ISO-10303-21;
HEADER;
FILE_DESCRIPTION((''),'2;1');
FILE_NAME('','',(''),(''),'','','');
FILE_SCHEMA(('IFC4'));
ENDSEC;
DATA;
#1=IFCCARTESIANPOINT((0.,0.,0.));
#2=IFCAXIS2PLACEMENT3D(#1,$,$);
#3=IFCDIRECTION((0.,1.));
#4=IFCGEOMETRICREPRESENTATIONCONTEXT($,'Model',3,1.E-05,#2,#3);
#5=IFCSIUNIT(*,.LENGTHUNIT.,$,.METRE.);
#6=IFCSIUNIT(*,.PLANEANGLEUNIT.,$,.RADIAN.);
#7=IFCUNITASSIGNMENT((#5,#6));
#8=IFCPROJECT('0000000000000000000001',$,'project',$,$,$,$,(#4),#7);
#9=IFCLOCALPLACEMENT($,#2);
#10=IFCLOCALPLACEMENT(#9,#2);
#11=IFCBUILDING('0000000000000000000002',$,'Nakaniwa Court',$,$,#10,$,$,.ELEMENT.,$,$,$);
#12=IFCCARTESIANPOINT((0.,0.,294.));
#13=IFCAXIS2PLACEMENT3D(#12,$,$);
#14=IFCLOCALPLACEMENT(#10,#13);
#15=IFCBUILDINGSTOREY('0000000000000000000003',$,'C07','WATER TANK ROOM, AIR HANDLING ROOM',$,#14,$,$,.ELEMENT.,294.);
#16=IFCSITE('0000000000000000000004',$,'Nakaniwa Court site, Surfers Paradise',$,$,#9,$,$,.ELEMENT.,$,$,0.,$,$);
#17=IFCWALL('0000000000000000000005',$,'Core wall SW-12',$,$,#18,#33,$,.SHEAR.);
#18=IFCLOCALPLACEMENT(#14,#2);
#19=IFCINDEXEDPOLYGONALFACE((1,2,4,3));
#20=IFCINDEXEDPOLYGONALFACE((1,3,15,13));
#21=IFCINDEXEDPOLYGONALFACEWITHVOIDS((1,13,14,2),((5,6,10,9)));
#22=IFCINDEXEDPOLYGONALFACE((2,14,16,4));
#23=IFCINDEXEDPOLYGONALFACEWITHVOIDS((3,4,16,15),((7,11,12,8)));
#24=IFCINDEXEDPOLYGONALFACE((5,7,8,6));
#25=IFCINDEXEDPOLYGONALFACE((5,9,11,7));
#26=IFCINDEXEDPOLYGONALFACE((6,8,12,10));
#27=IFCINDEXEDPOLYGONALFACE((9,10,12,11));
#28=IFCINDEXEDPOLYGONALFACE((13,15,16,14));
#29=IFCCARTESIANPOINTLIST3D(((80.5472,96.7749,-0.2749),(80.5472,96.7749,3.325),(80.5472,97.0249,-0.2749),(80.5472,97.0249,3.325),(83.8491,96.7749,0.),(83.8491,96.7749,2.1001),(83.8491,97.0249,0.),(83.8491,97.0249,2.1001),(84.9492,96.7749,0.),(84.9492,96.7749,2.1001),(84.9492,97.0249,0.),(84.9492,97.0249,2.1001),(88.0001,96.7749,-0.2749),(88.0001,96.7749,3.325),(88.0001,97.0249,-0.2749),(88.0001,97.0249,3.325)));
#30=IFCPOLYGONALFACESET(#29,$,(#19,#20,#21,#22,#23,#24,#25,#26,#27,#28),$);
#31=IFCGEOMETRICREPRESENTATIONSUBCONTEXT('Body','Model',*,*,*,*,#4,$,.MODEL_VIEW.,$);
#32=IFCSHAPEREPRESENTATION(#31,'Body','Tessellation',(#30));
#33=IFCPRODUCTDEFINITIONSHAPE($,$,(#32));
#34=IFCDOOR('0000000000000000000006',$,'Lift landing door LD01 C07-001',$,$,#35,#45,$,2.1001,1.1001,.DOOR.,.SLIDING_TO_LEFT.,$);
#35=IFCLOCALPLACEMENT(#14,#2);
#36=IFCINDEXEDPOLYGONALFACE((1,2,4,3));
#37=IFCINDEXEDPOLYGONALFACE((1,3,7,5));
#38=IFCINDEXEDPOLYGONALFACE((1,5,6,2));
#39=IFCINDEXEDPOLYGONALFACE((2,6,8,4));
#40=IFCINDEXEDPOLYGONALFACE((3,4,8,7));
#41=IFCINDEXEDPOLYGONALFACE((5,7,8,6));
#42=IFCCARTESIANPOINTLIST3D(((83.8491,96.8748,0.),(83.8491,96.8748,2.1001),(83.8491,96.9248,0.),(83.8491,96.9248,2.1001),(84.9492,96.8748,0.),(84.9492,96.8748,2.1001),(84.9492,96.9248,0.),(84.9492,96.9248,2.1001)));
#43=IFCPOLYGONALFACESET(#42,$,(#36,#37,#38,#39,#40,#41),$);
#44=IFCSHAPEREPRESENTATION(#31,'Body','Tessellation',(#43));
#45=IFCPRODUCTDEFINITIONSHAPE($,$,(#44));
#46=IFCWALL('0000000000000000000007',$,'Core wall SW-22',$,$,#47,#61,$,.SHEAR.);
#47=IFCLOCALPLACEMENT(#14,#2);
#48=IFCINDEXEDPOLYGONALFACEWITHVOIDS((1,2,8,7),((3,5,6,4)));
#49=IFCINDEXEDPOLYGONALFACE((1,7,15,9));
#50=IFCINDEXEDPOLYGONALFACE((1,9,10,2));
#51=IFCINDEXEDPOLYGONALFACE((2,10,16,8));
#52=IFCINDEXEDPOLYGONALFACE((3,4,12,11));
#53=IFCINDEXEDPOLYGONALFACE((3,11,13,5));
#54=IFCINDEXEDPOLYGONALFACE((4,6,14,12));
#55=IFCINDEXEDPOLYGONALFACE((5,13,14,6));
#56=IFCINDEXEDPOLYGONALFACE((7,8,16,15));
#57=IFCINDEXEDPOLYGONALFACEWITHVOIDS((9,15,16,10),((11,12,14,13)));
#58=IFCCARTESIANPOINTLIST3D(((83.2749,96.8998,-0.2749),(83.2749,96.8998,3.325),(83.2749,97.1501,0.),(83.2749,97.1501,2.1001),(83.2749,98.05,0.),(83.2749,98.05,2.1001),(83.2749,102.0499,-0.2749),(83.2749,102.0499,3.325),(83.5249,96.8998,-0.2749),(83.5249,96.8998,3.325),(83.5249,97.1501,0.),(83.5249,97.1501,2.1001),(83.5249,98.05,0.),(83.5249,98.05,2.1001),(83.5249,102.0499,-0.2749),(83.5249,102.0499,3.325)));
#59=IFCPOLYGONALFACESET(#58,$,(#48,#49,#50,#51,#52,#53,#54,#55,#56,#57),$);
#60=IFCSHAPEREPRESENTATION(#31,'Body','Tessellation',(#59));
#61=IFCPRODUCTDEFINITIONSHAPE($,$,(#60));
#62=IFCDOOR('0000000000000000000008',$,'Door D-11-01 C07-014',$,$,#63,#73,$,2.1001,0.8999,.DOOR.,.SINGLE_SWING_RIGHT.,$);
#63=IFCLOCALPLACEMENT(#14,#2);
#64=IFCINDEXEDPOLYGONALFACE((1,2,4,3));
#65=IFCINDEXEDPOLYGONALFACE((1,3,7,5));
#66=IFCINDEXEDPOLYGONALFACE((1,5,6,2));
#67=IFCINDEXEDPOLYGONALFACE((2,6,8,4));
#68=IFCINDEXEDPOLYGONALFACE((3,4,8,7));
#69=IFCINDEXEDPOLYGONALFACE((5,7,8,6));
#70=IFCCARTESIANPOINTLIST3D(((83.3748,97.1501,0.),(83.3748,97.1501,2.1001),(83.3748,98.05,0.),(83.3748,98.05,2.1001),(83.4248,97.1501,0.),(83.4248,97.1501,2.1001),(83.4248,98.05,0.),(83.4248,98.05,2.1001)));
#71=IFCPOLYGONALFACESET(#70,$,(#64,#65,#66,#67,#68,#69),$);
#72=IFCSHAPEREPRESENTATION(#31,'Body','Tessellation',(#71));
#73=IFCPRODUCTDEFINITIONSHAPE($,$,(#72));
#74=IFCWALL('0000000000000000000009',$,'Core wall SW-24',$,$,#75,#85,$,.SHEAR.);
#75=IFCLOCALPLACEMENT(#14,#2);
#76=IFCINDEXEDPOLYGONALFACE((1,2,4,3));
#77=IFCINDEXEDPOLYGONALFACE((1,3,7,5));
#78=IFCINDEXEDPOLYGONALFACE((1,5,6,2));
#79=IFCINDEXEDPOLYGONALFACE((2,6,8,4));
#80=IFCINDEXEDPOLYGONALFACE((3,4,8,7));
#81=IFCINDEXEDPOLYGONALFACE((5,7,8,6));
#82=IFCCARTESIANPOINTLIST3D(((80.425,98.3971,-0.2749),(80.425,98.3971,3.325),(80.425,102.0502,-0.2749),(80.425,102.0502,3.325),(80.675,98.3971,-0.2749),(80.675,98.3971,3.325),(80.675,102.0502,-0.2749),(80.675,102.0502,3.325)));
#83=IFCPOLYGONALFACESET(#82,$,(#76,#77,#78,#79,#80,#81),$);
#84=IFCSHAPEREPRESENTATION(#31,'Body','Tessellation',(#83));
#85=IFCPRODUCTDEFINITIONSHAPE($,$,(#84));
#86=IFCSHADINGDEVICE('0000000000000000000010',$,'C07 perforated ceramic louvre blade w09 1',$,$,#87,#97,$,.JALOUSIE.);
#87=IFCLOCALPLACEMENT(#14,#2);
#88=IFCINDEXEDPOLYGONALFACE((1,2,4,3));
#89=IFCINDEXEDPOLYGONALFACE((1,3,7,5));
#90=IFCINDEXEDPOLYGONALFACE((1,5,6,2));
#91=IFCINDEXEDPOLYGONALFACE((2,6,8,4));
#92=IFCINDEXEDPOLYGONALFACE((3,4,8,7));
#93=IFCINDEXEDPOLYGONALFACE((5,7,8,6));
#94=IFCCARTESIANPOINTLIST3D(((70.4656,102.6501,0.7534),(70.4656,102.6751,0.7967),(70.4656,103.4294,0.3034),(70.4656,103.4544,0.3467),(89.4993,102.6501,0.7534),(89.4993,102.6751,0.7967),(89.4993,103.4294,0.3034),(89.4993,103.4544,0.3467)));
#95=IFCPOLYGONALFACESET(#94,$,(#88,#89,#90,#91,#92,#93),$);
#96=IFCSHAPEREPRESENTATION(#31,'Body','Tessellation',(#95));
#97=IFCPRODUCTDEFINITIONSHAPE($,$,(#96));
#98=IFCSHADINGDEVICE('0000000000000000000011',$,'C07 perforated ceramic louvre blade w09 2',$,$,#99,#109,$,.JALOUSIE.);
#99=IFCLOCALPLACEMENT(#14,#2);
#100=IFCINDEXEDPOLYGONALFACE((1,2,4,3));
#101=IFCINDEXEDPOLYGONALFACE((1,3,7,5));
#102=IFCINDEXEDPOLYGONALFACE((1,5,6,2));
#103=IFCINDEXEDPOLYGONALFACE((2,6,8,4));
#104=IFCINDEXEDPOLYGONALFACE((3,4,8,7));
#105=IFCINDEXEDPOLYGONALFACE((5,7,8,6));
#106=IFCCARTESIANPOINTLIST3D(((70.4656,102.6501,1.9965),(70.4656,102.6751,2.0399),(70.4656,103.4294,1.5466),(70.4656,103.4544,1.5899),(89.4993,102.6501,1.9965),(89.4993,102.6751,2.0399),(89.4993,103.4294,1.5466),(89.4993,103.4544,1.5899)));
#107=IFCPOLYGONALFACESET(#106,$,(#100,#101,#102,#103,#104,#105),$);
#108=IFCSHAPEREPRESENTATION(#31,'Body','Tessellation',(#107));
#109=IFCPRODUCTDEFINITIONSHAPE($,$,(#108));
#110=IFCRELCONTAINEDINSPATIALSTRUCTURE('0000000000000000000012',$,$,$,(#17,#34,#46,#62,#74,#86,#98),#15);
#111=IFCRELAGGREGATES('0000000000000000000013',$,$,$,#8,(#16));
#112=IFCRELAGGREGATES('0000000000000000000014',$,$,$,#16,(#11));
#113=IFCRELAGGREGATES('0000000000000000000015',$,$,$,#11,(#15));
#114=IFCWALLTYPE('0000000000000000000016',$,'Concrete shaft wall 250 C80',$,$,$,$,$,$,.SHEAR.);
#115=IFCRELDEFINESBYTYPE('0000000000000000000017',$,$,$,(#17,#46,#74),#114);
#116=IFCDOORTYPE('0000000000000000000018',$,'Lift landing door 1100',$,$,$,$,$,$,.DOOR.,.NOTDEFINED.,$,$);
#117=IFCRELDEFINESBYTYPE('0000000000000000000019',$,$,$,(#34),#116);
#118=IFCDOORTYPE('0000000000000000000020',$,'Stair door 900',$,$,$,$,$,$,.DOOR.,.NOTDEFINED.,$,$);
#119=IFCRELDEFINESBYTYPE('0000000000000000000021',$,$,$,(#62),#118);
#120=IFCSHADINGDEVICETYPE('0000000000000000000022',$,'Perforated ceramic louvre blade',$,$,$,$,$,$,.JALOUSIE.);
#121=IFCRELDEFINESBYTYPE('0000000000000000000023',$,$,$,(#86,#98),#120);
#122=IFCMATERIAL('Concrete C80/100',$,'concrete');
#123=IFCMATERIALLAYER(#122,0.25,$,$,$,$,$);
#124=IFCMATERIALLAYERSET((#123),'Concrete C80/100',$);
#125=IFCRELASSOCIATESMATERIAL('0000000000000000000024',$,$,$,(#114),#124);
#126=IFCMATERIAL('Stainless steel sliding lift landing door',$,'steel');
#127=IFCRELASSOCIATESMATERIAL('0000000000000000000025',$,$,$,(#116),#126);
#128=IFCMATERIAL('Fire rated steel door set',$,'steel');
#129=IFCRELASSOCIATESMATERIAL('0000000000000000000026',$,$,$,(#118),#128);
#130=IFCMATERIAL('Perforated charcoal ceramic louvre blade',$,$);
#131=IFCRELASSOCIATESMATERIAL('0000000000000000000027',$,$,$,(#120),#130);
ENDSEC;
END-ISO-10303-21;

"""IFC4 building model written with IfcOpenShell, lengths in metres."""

from ifc_helpers import new_model, si_unit, direction, frame, frame_2d, origin, origin_2d, place, context, subcontext, project, spatial, rectangle, extrude, material, layer, layer_set, material_profile, profile_set, type_object, element, fill, save


model = new_model("IFC4")

# Units and contexts
model_context = context("Model", 3, precision=1e-05, world=origin(), true_north=direction((0.0, 1.0)))
body_context = subcontext(model_context, "Body", "Model", "MODEL_VIEW")
ifc_project = project(units=[si_unit("LENGTHUNIT", "METRE"), si_unit("PLANEANGLEUNIT", "RADIAN")], contexts=[model_context])

# Site, building, storey
site_placement = place(None, origin())
site = spatial("IfcSite", under=ifc_project, at=site_placement, Name="Nakaniwa Court site, Surfers Paradise", CompositionType="ELEMENT", RefElevation=0.0)
building_placement = place(site_placement, origin())
building = spatial("IfcBuilding", under=site, at=building_placement, Name="Nakaniwa Court", CompositionType="ELEMENT")
storey_placement = place(building_placement, frame((0.0, 0.0, 294.0)))
storey = spatial("IfcBuildingStorey", under=building, at=storey_placement, Name="C07", Description="WATER TANK ROOM, AIR HANDLING ROOM", CompositionType="ELEMENT", Elevation=294.0)

# Shared definitions
ifc_material_1 = material(Name="Fire rated steel door set", Category="steel")

# Shared definitions
ifc_material_2 = material(Name="Concrete C80/100", Category="concrete")

# Walls, openings, doors
ifc_layer_1 = layer(ifc_material_2, 0.25)
ifc_layer_set_1 = layer_set([ifc_layer_1], Name="Concrete C80/100")
wall_type_1 = type_object("IfcWallType", Name="Concrete shaft wall 250 C80", PredefinedType="SHEAR", material=ifc_layer_set_1)
wall_1_placement = place(storey_placement, frame((80.5471, 96.8999, -0.2749), z_axis=(0.0, 0.0, 1.0), x_axis=(1.0, 0.0, 0.0)))
wall_1 = element("IfcWall", 1, at=wall_1_placement, inside=storey, type_object=wall_type_1, Name="Core wall SW-12", PredefinedType="SHEAR", context=body_context, shape_type="SweptSolid", body=[
    extrude(rectangle(XDim=7.4529, YDim=0.25, at=frame_2d((3.7266, 0.0))), origin(), (0.0, 0.0, 1.0), 3.5999),
])
opening_1_placement = place(wall_1_placement, frame((3.302, 0.0, 0.2749)))
opening_1 = element("IfcOpeningElement", 2, at=opening_1_placement, cuts=wall_1, PredefinedType="OPENING", context=body_context, shape_type="SweptSolid", body=[
    extrude(rectangle(XDim=1.1001, YDim=2.1001, at=frame_2d((0.55, 1.05))), frame((0.0, 0.135, 0.0), z_axis=(0.0, -1.0, 0.0), x_axis=(1.0, 0.0, 0.0)), (0.0, 0.0, 1.0), 0.27),
])
ifc_material_3 = material(Name="Stainless steel sliding lift landing door", Category="steel")
door_type_1 = type_object("IfcDoorType", Name="Lift landing door 1100", OperationType="NOTDEFINED", PredefinedType="DOOR", material=ifc_material_3)
door_1_placement = place(opening_1_placement, origin())
door_1 = element("IfcDoor", 3, at=door_1_placement, inside=storey, type_object=door_type_1, Name="Lift landing door LD01 C07-001", OperationType="SLIDING_TO_LEFT", OverallHeight=2.1001, OverallWidth=1.1001, PredefinedType="DOOR", context=body_context, shape_type="SweptSolid", body=[
    extrude(rectangle(XDim=1.1001, YDim=2.1001, at=frame_2d((0.55, 1.05))), frame((0.0, 0.0249, 0.0), z_axis=(0.0, -1.0, 0.0), x_axis=(1.0, 0.0, 0.0)), (0.0, 0.0, 1.0), 0.05),
])
fill(opening_1, door_1)
wall_2_placement = place(storey_placement, frame((83.3999, 102.05, -0.2749), z_axis=(0.0, 0.0, 1.0), x_axis=(0.0, -1.0, 0.0)))
wall_2 = element("IfcWall", 4, at=wall_2_placement, inside=storey, type_object=wall_type_1, Name="Core wall SW-22", PredefinedType="SHEAR", context=body_context, shape_type="SweptSolid", body=[
    extrude(rectangle(XDim=5.1501, YDim=0.25, at=frame_2d((2.5752, 0.0))), origin(), (0.0, 0.0, 1.0), 3.5999),
])
opening_2_placement = place(wall_2_placement, frame((4.0, 0.0, 0.2749)))
opening_2 = element("IfcOpeningElement", 5, at=opening_2_placement, cuts=wall_2, PredefinedType="OPENING", context=body_context, shape_type="SweptSolid", body=[
    extrude(rectangle(XDim=0.8999, YDim=2.1001, at=frame_2d((0.45, 1.05))), frame((0.0, 0.135, 0.0), z_axis=(0.0, -1.0, 0.0), x_axis=(1.0, 0.0, 0.0)), (0.0, 0.0, 1.0), 0.27),
])
door_type_2 = type_object("IfcDoorType", Name="Stair door 900", OperationType="NOTDEFINED", PredefinedType="DOOR", material=ifc_material_1)
door_2_placement = place(opening_2_placement, origin())
door_2 = element("IfcDoor", 6, at=door_2_placement, inside=storey, type_object=door_type_2, Name="Door D-11-01 C07-014", OperationType="SINGLE_SWING_RIGHT", OverallHeight=2.1001, OverallWidth=0.8999, PredefinedType="DOOR", context=body_context, shape_type="SweptSolid", body=[
    extrude(rectangle(XDim=0.8999, YDim=2.1001, at=frame_2d((0.45, 1.05))), frame((0.0, 0.0249, 0.0), z_axis=(0.0, -1.0, 0.0), x_axis=(1.0, 0.0, 0.0)), (0.0, 0.0, 1.0), 0.05),
])
fill(opening_2, door_2)

# Wall
wall_3_placement = place(storey_placement, frame((80.55, 98.397, -0.2749), z_axis=(0.0, 0.0, 1.0), x_axis=(0.0, 1.0, 0.0)))
element("IfcWall", 7, at=wall_3_placement, inside=storey, type_object=wall_type_1, Name="Core wall SW-24", PredefinedType="SHEAR", context=body_context, shape_type="SweptSolid", body=[
    extrude(rectangle(XDim=3.6531, YDim=0.25, at=frame_2d((1.8267, 0.0))), origin(), (0.0, 0.0, 1.0), 3.5999),
])

# Shading devices
ifc_material_4 = material(Name="Perforated charcoal ceramic louvre blade")
ifc_material_profile = material_profile(ifc_material_4, rectangle(XDim=0.8999, YDim=0.05, at=origin_2d()), Name="Perforated ceramic louvre blade")
ifc_profile_set = profile_set([ifc_material_profile], Name="Perforated charcoal ceramic louvre blade")
shading_device_type = type_object("IfcShadingDeviceType", Name="Perforated ceramic louvre blade", PredefinedType="JALOUSIE", material=ifc_profile_set)
for number, where, z_axis, x_axis, name in (
    (8, (89.4993, 103.0522, 0.55), (-1.0, 0.0, 0.0), (0.0, -0.866025, 0.5), "C07 perforated ceramic louvre blade w09 1"),
    (9, (89.4993, 103.0522, 1.7932), (-1.0, 0.0, 0.0), (0.0, -0.866025, 0.5), "C07 perforated ceramic louvre blade w09 2"),
):
    element("IfcShadingDevice", number, at=place(storey_placement, frame(where, z_axis=z_axis, x_axis=x_axis)), inside=storey, type_object=shading_device_type, Name=name, PredefinedType="JALOUSIE", context=body_context, shape_type="SweptSolid", body=[
        extrude(rectangle(XDim=0.8999, YDim=0.05, at=origin_2d()), origin(), (0.0, 0.0, 1.0), 19.0337),
    ])

save(model, "model.ifc")
